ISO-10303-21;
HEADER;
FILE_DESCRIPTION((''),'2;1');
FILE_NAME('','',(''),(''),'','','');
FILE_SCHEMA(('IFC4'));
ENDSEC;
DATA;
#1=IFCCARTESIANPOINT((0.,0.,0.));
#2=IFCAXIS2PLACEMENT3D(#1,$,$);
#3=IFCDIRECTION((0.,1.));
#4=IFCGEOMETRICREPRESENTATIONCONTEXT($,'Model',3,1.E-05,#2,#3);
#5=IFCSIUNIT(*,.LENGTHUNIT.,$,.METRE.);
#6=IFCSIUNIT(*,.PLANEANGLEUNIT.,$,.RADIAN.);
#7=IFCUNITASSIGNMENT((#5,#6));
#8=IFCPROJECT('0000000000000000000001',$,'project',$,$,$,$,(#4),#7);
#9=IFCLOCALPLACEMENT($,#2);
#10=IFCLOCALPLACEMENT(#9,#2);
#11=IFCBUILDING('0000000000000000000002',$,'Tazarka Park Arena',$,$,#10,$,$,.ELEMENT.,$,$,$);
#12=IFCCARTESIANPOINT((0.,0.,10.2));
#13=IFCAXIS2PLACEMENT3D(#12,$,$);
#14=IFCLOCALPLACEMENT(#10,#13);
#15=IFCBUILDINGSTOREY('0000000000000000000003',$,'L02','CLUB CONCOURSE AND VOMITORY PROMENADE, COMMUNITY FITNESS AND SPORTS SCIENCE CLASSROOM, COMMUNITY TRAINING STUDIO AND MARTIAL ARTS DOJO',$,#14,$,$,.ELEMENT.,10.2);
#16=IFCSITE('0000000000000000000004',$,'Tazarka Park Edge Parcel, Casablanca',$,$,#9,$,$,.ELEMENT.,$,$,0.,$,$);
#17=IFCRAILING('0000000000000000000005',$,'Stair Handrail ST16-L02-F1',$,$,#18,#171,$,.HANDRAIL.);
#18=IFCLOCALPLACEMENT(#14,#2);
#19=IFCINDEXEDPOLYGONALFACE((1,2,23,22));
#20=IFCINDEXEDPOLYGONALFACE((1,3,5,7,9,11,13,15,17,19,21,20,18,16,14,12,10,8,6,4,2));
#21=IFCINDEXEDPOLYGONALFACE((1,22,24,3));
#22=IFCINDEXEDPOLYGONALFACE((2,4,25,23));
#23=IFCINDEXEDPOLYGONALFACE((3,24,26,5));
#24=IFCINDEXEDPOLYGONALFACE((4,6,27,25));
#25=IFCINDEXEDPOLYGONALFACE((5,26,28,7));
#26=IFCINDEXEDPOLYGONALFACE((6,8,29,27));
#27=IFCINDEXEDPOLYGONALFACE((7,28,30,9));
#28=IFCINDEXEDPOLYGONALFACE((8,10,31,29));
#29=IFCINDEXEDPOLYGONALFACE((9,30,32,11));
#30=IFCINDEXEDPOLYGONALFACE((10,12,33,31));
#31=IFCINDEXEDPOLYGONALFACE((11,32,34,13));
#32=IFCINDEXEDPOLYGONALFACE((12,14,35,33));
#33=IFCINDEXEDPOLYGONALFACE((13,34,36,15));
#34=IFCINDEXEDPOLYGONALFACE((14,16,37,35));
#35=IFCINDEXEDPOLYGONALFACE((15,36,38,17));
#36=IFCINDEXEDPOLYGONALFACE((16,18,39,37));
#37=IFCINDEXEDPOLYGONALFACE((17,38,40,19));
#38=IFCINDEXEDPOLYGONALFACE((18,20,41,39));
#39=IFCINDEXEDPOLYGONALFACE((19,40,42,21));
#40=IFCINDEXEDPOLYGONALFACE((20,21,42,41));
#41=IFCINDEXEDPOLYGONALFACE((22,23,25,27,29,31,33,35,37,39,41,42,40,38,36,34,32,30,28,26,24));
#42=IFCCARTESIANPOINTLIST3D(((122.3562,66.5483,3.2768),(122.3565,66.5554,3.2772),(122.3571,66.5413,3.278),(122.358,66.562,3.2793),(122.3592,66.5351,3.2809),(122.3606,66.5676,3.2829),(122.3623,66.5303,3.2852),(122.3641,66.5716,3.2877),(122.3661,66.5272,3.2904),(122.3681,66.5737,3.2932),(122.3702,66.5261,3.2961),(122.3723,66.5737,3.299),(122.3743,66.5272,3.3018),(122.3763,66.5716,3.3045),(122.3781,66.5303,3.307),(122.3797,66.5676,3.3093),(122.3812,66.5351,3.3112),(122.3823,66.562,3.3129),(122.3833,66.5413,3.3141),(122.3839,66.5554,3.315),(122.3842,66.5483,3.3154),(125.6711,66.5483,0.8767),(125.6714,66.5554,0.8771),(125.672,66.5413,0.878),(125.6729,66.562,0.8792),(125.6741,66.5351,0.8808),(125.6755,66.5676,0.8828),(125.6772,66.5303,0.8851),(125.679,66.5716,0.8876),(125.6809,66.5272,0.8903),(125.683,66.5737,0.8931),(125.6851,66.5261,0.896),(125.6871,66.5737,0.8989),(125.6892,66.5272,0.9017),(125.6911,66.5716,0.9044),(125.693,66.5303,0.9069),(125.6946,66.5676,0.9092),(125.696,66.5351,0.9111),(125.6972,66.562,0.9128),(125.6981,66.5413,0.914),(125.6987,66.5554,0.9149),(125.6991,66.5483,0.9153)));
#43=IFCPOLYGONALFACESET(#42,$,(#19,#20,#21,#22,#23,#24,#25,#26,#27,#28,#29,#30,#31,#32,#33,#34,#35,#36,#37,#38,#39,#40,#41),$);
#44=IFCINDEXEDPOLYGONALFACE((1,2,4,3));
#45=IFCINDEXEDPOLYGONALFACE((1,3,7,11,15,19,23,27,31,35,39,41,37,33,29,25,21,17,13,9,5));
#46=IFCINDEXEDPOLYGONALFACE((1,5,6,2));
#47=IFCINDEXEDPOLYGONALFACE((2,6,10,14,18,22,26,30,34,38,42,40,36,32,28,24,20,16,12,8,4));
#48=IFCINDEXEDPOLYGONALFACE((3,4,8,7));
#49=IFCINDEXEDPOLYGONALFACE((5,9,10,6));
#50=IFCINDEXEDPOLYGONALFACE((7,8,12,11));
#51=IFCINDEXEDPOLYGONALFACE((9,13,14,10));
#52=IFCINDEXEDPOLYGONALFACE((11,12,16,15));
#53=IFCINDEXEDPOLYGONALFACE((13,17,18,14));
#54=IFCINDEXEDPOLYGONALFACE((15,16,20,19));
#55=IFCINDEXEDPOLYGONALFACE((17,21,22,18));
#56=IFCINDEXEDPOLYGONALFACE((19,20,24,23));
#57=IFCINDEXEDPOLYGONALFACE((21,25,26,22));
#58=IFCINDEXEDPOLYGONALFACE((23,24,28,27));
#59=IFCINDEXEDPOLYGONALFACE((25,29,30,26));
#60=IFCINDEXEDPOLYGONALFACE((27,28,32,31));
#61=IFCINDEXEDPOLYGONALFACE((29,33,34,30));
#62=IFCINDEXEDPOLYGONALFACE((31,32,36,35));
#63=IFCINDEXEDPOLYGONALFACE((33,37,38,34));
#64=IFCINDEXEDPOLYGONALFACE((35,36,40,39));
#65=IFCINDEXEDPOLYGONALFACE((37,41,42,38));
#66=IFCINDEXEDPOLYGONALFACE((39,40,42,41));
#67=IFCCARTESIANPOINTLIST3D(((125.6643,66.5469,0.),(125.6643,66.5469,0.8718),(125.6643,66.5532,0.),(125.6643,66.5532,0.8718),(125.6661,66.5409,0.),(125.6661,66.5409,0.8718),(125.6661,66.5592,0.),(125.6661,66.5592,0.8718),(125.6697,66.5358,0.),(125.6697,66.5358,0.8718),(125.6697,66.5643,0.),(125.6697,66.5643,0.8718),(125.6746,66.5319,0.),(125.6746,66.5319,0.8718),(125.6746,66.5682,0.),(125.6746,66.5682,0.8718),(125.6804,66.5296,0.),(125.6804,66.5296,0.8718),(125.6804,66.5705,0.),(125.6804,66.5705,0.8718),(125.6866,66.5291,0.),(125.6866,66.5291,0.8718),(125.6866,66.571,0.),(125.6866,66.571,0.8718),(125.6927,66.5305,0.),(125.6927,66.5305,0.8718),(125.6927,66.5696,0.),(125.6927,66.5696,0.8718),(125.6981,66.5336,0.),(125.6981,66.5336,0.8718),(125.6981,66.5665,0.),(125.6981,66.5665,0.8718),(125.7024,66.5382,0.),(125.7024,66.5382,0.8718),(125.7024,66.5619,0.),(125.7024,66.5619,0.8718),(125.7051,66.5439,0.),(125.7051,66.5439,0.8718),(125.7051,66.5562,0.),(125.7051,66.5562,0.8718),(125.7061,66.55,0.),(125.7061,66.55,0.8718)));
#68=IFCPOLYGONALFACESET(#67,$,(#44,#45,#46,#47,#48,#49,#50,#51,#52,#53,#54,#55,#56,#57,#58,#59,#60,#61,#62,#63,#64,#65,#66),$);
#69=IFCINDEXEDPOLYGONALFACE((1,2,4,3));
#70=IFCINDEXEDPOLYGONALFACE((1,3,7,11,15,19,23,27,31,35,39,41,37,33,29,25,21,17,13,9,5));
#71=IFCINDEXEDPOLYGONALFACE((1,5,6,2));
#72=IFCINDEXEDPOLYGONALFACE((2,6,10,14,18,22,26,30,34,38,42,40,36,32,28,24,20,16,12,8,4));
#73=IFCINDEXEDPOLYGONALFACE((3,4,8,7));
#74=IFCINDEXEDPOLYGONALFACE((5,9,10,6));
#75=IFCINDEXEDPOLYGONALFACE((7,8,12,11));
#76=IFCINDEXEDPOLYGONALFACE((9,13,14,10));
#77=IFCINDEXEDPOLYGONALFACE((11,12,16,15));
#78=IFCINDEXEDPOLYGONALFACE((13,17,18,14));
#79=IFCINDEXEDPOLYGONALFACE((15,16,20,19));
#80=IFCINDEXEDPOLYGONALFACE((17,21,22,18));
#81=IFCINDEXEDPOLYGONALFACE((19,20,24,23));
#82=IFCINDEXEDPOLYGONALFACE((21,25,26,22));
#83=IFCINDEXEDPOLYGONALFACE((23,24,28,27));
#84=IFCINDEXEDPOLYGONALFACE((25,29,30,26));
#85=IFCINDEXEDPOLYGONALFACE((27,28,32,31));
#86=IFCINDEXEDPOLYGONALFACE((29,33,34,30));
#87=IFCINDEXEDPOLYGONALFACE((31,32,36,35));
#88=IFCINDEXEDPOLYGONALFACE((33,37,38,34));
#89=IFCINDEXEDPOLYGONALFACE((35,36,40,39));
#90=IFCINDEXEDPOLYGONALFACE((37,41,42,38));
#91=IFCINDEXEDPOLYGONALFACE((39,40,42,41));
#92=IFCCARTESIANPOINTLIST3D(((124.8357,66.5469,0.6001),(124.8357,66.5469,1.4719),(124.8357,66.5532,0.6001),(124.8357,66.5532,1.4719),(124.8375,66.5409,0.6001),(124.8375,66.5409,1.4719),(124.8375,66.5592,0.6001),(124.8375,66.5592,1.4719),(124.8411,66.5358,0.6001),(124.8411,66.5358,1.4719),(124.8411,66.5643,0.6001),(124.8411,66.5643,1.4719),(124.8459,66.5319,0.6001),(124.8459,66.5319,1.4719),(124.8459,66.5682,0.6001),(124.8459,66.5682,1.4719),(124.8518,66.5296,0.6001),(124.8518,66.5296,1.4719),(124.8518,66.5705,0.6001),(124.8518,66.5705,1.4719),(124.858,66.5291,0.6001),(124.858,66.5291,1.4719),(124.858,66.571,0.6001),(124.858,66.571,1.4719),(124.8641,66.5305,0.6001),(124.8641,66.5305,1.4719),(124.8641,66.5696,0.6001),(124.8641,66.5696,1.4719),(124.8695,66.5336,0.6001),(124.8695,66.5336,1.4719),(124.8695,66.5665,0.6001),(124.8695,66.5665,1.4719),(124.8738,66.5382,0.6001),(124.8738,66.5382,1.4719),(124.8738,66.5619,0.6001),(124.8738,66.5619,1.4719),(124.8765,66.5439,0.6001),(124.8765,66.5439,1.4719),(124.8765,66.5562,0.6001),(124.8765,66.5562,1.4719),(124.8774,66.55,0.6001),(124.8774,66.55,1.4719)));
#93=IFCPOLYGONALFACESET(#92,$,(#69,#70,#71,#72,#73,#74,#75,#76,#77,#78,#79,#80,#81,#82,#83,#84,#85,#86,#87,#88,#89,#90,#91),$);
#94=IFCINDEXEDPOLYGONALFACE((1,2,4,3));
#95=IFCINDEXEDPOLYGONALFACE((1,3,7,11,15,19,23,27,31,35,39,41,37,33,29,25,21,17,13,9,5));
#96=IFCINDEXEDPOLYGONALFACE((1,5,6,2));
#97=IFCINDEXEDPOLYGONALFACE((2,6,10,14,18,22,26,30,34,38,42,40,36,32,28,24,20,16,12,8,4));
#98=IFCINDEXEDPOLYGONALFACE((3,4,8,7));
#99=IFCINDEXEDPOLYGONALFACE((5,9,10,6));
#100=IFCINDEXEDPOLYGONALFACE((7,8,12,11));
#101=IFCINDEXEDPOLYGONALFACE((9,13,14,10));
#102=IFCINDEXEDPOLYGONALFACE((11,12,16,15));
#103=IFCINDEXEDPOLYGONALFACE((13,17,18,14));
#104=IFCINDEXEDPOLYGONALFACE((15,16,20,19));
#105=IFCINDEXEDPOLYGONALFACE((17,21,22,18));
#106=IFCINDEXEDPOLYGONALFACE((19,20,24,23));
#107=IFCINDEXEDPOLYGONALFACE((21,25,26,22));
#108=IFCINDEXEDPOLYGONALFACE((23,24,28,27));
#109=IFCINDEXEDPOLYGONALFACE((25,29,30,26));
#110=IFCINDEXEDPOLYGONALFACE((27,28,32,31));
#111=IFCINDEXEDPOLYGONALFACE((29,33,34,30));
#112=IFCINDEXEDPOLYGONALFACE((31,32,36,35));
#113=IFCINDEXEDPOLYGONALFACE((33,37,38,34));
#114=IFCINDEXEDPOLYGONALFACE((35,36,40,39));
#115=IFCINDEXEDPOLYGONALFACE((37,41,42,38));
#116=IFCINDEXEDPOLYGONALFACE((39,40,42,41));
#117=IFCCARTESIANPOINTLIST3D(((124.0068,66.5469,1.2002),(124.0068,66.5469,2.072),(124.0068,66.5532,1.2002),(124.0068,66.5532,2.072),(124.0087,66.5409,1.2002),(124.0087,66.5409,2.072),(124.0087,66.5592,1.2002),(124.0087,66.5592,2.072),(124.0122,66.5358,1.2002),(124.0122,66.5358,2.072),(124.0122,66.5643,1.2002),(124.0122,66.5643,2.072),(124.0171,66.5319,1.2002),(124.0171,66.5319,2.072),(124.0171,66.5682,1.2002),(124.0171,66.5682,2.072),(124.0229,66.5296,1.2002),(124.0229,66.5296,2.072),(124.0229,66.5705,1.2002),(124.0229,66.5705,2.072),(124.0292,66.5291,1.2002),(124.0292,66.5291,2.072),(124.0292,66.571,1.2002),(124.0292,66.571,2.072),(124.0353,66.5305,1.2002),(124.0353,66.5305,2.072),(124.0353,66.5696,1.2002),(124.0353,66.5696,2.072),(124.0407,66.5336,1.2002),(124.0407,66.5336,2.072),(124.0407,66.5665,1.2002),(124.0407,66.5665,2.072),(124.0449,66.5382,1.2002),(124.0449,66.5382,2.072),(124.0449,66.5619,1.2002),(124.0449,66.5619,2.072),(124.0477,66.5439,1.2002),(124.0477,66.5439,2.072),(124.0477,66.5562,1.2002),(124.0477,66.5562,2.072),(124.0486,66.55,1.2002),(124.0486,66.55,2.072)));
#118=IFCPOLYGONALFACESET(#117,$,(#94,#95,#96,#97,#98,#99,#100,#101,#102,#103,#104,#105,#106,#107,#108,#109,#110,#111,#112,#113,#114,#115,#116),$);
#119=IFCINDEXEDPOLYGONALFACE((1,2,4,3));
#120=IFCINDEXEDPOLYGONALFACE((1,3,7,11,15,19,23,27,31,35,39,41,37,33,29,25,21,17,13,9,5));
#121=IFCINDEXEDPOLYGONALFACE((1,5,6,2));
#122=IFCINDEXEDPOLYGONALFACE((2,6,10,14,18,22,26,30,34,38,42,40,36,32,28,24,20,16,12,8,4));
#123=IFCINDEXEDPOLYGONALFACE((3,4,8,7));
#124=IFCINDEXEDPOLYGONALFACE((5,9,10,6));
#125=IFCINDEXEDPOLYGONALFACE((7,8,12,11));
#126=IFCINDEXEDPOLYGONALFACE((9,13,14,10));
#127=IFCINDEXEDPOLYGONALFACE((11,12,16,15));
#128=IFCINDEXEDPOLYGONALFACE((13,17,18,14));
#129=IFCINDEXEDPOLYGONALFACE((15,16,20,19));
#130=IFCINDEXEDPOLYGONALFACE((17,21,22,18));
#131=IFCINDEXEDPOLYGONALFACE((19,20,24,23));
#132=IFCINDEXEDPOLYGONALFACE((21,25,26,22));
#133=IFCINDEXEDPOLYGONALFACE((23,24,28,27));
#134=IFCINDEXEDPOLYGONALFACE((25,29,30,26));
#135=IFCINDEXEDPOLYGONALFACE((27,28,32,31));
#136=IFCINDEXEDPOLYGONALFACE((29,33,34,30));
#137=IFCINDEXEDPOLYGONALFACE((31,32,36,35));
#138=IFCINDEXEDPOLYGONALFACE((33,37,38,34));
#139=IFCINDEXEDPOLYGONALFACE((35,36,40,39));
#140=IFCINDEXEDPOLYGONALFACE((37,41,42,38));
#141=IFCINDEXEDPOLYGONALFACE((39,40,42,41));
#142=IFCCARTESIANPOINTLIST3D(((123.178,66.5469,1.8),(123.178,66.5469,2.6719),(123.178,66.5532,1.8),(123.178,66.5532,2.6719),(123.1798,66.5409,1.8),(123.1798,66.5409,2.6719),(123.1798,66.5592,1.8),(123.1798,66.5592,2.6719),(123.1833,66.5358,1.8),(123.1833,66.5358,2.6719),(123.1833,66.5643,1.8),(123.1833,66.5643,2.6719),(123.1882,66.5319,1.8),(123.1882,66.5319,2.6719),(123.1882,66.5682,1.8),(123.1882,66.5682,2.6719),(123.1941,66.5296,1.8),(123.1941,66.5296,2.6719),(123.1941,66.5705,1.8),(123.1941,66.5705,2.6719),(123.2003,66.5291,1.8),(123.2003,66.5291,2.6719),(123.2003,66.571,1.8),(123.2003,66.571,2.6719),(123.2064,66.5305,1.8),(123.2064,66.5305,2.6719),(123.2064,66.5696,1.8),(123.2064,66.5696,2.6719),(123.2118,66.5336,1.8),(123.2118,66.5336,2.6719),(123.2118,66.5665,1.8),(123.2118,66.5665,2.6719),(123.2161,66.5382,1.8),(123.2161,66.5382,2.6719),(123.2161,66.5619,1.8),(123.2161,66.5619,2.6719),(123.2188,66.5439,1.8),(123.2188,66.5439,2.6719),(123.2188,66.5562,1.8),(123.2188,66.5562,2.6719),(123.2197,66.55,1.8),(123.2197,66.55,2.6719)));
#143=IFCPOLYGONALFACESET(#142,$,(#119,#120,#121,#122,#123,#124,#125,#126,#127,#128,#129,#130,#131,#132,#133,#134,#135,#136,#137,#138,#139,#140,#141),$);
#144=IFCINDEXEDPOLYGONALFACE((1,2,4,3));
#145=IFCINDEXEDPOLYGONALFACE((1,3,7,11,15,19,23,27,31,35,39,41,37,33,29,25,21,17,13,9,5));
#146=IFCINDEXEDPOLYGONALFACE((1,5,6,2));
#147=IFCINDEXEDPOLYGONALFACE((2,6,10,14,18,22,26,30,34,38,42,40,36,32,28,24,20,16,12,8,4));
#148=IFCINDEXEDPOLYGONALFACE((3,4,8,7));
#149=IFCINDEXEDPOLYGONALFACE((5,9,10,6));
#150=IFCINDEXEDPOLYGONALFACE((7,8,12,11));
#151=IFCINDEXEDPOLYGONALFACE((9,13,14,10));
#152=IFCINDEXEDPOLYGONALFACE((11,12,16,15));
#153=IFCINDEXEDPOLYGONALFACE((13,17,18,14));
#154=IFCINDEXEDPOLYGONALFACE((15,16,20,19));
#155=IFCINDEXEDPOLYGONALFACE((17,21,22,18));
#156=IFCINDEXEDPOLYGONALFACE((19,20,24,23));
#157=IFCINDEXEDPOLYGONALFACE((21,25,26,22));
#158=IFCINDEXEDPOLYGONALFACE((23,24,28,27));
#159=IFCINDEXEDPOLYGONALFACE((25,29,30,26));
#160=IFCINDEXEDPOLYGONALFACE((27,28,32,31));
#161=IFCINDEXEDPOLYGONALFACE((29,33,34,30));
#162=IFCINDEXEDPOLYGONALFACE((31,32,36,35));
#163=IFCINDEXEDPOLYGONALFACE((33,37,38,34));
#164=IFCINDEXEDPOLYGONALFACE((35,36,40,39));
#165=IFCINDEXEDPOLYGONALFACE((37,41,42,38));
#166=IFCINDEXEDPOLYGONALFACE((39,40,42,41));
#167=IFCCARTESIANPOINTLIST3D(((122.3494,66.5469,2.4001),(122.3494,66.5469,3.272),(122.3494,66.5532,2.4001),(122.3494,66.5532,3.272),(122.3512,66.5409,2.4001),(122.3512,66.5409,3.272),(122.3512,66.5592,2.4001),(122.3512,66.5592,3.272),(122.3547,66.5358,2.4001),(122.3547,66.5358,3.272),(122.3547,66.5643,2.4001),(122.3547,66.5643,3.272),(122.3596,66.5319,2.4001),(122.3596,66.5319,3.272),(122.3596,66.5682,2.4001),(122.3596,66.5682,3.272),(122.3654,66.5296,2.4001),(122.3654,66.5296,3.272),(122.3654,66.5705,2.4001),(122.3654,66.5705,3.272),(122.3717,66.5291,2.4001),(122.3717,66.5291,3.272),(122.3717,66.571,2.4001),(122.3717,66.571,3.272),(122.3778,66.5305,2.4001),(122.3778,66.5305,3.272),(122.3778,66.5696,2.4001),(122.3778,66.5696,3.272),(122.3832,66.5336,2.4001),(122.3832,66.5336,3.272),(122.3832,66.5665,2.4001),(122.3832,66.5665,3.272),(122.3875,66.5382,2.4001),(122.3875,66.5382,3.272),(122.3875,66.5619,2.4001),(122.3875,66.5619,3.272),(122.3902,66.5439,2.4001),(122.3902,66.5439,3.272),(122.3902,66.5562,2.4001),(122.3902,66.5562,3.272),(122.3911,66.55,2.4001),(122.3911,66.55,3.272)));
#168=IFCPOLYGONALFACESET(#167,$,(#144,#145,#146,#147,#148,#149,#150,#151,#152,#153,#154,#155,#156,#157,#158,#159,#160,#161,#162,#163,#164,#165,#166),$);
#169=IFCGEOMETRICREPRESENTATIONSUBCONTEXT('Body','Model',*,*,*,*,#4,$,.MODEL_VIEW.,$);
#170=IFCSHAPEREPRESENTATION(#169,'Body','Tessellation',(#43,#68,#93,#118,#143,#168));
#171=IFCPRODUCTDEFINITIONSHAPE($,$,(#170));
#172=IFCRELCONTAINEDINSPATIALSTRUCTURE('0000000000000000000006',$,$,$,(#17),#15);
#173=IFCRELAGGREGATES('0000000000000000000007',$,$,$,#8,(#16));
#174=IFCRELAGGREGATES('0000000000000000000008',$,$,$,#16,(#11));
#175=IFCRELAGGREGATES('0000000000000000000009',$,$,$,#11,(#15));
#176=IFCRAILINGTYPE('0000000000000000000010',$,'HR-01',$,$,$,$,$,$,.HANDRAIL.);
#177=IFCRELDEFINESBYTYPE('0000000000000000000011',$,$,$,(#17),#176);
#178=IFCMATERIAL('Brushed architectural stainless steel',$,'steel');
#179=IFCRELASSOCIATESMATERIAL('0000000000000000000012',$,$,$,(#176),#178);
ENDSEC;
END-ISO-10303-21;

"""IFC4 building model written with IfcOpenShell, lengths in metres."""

from ifc_helpers import new_model, si_unit, direction, frame, origin, origin_2d, place, context, subcontext, project, spatial, circle, extrude, material, type_object, element, save


model = new_model("IFC4")

# Units and contexts
model_context = context("Model", 3, precision=1e-05, world=origin(), true_north=direction((0.0, 1.0)))
body_context = subcontext(model_context, "Body", "Model", "MODEL_VIEW")
ifc_project = project(units=[si_unit("LENGTHUNIT", "METRE"), si_unit("PLANEANGLEUNIT", "RADIAN")], contexts=[model_context])

# Site, building, storey
site_placement = place(None, origin())
site = spatial("IfcSite", under=ifc_project, at=site_placement, Name="Tazarka Park Edge Parcel, Casablanca", CompositionType="ELEMENT", RefElevation=0.0)
building_placement = place(site_placement, origin())
building = spatial("IfcBuilding", under=site, at=building_placement, Name="Tazarka Park Arena", CompositionType="ELEMENT")
storey_placement = place(building_placement, frame((0.0, 0.0, 10.2)))
storey = spatial("IfcBuildingStorey", under=building, at=storey_placement, Name="L02", Description="CLUB CONCOURSE AND VOMITORY PROMENADE, COMMUNITY FITNESS AND SPORTS SCIENCE CLASSROOM, COMMUNITY TRAINING STUDIO AND MARTIAL ARTS DOJO", CompositionType="ELEMENT", Elevation=10.2)

# Railing
ifc_material_1 = material(Name="Brushed architectural stainless steel", Category="steel")
railing_type_1 = type_object("IfcRailingType", Name="HR-01", PredefinedType="HANDRAIL", material=ifc_material_1)
railing_1_placement = place(storey_placement, frame((125.6851, 66.55, 0.0)))
element("IfcRailing", 1, at=railing_1_placement, inside=storey, type_object=railing_type_1, Name="Stair Handrail ST16-L02-F1", PredefinedType="HANDRAIL", context=body_context, shape_type="SweptSolid", body=[
    extrude(circle(Radius=0.0239, at=origin_2d()), frame((0.0, 0.0, 0.896), z_axis=(-0.80998, 0.0, 0.586457), x_axis=(0.0, -1.0, 0.0)), (0.0, 0.0, 1.0), 4.0925),
    extrude(circle(Radius=0.021, at=origin_2d()), origin(), (0.0, 0.0, 1.0), 0.8718),
    extrude(circle(Radius=0.021, at=origin_2d()), frame((-0.8286, 0.0, 0.6001)), (0.0, 0.0, 1.0), 0.8718),
    extrude(circle(Radius=0.021, at=origin_2d()), frame((-1.6575, 0.0, 1.2002)), (0.0, 0.0, 1.0), 0.8718),
    extrude(circle(Radius=0.021, at=origin_2d()), frame((-2.4863, 0.0, 1.8)), (0.0, 0.0, 1.0), 0.8718),
    extrude(circle(Radius=0.021, at=origin_2d()), frame((-3.3149, 0.0, 2.4001)), (0.0, 0.0, 1.0), 0.8718),
])

save(model, "model.ifc")
